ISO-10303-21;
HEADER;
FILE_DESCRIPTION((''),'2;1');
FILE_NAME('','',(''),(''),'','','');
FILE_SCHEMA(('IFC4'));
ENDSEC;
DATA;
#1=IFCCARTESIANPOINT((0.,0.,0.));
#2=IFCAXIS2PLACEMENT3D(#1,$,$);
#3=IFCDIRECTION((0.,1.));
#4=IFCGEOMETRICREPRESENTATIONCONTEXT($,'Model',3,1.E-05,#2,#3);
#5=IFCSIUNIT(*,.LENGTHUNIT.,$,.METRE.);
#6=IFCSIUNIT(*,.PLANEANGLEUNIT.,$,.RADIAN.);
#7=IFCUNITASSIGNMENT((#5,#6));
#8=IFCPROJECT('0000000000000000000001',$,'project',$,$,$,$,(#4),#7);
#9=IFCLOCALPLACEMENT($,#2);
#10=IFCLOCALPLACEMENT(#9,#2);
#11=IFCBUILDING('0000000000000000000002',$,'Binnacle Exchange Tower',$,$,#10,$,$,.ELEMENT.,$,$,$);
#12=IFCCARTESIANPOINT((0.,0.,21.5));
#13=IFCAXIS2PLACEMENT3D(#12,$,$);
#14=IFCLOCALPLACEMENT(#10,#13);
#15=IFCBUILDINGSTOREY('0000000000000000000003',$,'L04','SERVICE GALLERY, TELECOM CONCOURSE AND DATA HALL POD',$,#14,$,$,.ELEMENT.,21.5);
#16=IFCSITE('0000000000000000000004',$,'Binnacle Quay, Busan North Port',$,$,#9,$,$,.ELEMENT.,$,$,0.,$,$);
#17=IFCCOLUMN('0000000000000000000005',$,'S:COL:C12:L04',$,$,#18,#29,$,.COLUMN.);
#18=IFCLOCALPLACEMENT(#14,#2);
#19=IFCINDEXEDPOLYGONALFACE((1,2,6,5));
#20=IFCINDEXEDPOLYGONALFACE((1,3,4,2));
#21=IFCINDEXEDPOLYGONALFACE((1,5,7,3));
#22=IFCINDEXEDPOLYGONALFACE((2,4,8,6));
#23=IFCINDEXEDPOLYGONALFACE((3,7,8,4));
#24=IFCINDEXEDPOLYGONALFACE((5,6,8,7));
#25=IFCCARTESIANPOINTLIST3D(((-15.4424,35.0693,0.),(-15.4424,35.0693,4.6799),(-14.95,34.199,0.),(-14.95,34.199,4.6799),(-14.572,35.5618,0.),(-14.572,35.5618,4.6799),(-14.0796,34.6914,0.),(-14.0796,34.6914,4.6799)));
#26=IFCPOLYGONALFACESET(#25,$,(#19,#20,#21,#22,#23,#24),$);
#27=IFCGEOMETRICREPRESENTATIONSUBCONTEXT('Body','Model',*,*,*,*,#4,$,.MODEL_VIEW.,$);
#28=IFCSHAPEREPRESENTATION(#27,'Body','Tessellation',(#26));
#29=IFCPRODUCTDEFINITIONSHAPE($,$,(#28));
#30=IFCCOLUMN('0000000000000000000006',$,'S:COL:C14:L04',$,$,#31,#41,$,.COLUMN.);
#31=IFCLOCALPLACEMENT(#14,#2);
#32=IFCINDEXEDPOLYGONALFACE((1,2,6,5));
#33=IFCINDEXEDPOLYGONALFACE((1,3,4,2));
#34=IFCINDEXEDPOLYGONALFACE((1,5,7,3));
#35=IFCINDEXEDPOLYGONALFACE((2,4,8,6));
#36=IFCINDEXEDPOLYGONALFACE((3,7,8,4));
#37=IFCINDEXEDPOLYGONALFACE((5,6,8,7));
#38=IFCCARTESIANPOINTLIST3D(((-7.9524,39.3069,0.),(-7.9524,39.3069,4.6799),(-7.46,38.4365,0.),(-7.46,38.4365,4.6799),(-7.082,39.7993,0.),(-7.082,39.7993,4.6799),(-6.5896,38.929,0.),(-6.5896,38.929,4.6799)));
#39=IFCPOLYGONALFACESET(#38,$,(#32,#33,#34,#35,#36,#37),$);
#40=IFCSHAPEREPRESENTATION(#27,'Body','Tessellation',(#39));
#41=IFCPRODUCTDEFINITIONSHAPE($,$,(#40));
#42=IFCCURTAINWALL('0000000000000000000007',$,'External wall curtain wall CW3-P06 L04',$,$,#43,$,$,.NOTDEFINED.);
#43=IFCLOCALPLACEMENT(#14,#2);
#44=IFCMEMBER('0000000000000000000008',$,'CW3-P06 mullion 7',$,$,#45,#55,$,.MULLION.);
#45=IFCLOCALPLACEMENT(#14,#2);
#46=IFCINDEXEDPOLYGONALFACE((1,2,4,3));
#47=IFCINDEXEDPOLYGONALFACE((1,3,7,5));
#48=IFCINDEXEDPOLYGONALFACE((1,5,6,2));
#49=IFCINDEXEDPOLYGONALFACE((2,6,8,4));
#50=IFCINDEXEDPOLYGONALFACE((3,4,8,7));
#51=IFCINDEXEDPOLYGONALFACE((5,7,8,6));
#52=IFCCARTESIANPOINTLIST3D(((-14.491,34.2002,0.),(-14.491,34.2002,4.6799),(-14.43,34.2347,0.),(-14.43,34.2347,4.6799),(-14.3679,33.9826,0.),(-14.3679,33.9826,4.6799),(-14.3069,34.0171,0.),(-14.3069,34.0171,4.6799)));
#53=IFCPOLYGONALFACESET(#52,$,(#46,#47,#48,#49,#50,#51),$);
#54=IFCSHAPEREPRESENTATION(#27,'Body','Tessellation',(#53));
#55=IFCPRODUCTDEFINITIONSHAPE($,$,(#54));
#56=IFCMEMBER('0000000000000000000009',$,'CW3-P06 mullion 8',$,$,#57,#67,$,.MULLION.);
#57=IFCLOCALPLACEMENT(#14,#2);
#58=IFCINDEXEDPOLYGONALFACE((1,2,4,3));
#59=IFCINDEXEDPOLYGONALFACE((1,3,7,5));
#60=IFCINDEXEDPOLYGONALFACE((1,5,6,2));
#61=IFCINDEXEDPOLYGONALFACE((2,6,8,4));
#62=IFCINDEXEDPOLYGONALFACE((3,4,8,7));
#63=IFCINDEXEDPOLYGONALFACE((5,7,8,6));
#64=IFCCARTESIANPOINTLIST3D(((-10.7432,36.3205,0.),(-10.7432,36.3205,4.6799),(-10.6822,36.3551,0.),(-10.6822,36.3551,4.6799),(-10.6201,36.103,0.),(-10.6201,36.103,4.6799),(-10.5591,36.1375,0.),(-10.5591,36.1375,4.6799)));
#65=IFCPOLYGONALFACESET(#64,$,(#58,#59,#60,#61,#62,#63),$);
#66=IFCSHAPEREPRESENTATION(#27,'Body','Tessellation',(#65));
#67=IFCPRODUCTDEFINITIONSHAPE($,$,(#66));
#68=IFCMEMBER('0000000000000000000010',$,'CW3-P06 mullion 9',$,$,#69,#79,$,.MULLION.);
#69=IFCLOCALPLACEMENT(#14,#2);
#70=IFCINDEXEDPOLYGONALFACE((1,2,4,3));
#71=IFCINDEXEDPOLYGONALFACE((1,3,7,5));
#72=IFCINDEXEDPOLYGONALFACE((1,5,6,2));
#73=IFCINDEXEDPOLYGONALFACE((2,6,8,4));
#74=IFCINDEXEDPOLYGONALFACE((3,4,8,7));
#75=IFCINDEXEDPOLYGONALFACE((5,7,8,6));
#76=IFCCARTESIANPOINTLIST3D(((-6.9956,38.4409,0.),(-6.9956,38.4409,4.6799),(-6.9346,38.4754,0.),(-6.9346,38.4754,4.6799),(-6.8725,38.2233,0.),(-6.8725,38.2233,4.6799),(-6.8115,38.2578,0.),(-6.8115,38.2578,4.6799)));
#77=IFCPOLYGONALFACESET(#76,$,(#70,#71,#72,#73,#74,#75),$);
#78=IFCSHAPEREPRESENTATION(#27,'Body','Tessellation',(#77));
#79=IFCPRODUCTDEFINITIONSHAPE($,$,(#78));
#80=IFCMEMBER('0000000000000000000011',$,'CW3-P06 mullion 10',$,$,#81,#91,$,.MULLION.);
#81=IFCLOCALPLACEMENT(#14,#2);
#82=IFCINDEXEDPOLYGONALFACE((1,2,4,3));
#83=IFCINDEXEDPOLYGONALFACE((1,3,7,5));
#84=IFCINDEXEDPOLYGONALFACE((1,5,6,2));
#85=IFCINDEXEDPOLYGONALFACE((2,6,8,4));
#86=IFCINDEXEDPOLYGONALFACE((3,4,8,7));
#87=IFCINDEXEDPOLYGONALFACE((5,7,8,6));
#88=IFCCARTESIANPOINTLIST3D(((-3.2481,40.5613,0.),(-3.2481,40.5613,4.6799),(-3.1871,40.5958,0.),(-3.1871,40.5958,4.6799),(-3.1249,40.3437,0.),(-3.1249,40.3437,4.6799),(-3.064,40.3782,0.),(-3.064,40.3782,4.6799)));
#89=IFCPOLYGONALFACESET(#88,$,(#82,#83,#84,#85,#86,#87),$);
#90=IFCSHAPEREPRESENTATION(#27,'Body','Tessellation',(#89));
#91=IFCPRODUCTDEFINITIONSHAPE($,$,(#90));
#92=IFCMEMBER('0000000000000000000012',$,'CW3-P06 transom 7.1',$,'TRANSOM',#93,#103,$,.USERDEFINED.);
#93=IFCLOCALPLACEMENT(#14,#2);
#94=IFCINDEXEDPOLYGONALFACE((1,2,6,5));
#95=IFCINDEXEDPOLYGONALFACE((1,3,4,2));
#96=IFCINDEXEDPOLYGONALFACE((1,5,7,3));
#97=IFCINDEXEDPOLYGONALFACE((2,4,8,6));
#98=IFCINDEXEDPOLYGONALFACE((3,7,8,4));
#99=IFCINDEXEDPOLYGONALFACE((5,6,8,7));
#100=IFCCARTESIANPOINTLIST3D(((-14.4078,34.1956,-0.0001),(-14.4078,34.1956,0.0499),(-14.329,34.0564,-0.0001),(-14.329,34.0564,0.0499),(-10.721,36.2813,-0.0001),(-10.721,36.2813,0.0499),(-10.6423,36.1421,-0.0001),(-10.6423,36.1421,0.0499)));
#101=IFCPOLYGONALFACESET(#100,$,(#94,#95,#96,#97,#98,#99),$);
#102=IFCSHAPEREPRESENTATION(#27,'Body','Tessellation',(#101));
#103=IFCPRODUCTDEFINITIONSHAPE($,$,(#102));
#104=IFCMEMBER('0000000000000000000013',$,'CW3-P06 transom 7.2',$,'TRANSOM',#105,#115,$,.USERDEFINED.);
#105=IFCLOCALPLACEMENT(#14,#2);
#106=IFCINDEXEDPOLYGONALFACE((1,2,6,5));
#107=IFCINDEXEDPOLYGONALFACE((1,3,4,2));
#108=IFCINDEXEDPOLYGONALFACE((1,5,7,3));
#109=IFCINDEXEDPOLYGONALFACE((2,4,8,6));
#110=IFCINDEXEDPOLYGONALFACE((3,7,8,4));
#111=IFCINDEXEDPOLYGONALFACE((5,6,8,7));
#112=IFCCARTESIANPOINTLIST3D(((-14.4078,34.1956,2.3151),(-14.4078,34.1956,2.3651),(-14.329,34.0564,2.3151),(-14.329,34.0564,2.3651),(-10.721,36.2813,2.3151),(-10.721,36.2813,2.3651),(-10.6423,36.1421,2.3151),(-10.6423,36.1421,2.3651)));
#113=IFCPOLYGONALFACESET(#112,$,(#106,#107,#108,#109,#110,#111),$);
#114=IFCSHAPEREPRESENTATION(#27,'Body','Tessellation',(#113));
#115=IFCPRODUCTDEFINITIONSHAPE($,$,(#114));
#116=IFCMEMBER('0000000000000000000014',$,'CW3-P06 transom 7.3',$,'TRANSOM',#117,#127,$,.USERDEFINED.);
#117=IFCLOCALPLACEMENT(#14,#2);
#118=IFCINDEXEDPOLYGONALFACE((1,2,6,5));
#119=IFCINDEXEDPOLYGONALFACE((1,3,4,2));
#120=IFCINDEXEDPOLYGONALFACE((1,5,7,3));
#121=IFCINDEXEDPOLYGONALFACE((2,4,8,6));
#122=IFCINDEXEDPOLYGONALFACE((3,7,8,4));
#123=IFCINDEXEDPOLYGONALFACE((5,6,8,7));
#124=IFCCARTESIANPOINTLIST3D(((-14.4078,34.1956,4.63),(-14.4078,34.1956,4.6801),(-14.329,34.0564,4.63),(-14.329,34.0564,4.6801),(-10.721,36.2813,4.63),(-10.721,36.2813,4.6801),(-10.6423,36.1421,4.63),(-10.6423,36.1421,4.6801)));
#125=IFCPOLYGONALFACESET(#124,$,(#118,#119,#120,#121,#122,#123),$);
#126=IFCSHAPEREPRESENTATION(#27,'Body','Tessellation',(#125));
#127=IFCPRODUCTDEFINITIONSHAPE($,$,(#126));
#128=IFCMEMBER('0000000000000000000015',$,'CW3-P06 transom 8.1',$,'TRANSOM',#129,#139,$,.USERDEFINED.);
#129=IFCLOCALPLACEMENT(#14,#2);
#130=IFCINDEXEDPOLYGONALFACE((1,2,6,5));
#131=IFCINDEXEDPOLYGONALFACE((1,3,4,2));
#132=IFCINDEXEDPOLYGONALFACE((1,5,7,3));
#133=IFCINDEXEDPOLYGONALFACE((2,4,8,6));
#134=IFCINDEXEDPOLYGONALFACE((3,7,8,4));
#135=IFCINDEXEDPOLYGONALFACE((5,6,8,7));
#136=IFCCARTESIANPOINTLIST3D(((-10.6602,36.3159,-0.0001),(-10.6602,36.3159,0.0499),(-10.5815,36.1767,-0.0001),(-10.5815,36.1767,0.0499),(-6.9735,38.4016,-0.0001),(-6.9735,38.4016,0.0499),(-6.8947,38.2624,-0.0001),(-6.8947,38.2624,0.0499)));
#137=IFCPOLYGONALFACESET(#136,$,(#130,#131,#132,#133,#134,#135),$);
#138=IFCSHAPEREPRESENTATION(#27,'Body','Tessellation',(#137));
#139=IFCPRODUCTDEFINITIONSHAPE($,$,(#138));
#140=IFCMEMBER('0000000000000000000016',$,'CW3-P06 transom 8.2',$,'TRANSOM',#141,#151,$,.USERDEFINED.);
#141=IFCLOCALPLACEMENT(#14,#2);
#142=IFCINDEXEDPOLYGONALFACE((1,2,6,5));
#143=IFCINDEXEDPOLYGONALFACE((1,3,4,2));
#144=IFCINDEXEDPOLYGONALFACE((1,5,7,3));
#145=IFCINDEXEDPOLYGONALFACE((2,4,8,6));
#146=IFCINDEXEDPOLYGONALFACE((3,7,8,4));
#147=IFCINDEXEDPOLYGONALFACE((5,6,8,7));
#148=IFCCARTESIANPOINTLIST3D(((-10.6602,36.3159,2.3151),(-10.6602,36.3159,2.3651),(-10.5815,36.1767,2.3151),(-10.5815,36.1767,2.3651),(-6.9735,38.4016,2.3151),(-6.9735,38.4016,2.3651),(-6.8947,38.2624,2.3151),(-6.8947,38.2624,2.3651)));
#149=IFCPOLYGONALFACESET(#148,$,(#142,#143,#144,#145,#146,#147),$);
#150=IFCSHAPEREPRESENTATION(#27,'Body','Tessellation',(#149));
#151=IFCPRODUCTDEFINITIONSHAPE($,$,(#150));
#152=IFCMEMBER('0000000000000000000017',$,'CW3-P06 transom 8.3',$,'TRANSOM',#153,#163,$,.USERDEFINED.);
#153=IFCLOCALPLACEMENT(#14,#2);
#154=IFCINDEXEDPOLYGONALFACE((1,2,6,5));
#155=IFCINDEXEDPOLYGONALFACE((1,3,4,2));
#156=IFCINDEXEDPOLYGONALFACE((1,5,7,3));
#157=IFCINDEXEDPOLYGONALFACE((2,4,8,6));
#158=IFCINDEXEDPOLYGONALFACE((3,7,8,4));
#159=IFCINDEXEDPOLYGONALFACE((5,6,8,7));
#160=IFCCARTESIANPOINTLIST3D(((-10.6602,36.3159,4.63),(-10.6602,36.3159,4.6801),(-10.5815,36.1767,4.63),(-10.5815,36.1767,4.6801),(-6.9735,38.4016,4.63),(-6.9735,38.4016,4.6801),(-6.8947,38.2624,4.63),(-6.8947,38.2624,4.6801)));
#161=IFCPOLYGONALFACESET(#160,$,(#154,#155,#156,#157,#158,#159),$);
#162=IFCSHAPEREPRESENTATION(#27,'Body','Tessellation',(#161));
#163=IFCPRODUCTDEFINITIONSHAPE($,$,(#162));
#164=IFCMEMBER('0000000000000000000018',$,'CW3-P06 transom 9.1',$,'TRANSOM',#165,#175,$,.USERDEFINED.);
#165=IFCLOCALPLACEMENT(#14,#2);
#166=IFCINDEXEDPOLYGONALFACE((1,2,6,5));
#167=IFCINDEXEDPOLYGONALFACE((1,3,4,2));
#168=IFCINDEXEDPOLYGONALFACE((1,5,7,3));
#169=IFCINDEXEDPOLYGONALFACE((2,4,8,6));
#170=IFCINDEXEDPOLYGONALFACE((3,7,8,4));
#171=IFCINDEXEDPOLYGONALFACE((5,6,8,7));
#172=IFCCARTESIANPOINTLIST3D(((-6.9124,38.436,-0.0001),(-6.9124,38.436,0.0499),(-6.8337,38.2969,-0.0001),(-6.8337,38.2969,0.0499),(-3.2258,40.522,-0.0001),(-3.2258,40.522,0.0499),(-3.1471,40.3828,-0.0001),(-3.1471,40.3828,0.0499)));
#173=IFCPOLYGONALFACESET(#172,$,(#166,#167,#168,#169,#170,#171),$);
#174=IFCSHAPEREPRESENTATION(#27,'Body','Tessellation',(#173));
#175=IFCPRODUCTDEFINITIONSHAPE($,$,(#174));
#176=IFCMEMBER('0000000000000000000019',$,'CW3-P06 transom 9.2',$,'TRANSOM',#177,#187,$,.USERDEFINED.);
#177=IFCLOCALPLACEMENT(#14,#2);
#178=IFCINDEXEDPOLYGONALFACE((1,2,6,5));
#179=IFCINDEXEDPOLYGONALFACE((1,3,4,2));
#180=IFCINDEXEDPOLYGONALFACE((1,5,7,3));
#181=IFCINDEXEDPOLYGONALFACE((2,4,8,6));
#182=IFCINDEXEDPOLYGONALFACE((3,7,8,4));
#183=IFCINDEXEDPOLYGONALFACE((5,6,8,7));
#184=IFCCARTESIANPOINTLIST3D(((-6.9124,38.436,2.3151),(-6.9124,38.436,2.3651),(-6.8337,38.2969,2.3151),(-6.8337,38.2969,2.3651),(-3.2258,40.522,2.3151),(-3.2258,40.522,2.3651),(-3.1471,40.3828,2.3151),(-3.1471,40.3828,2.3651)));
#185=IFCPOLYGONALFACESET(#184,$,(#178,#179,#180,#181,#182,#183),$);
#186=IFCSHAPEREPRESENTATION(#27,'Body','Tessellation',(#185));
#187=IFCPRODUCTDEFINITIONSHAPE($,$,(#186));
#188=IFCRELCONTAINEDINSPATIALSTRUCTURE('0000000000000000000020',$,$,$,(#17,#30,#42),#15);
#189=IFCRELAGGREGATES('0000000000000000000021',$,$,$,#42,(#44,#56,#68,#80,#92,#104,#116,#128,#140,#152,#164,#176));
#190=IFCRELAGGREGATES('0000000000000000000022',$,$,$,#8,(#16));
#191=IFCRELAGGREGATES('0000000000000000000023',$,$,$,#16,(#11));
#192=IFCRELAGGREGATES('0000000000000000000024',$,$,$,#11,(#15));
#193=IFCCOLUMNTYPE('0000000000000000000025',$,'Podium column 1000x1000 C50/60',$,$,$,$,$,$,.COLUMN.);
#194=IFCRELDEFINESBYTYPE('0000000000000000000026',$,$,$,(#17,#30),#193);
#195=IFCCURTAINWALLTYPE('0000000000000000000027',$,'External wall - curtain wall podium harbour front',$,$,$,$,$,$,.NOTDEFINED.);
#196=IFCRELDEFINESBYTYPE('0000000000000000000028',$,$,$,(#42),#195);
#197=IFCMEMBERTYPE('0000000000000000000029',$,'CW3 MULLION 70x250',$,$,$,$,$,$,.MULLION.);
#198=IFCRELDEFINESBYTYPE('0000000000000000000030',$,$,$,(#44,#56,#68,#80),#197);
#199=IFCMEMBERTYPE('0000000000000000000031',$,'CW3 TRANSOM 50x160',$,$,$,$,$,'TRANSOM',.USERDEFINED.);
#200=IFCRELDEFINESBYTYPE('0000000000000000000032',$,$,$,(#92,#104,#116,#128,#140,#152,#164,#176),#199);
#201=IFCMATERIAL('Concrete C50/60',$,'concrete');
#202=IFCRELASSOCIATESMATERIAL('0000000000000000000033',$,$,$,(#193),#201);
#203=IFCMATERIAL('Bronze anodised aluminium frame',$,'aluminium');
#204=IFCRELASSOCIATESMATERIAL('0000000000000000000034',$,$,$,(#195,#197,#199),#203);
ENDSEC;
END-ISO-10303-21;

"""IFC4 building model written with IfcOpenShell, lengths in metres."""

from ifc_helpers import new_model, si_unit, direction, frame, origin, origin_2d, place, context, subcontext, project, spatial, rectangle, extrude, material, material_profile, profile_set, type_object, element, aggregate, save


model = new_model("IFC4")

# Units and contexts
model_context = context("Model", 3, precision=1e-05, world=origin(), true_north=direction((0.0, 1.0)))
body_context = subcontext(model_context, "Body", "Model", "MODEL_VIEW")
ifc_project = project(units=[si_unit("LENGTHUNIT", "METRE"), si_unit("PLANEANGLEUNIT", "RADIAN")], contexts=[model_context])

# Site, building, storey
site_placement = place(None, origin())
site = spatial("IfcSite", under=ifc_project, at=site_placement, Name="Binnacle Quay, Busan North Port", CompositionType="ELEMENT", RefElevation=0.0)
building_placement = place(site_placement, origin())
building = spatial("IfcBuilding", under=site, at=building_placement, Name="Binnacle Exchange Tower", CompositionType="ELEMENT")
storey_placement = place(building_placement, frame((0.0, 0.0, 21.5)))
storey = spatial("IfcBuildingStorey", under=building, at=storey_placement, Name="L04", Description="SERVICE GALLERY, TELECOM CONCOURSE AND DATA HALL POD", CompositionType="ELEMENT", Elevation=21.5)

# Columns
ifc_material_1 = material(Name="Concrete C50/60", Category="concrete")
ifc_material_profile_1 = material_profile(ifc_material_1, rectangle(XDim=1.0, YDim=1.0, at=origin_2d()), Name="Podium column 1000x1000 C50/60")
ifc_profile_set_1 = profile_set([ifc_material_profile_1], Name="Concrete C50/60")
column_type = type_object("IfcColumnType", Name="Podium column 1000x1000 C50/60", PredefinedType="COLUMN", material=ifc_profile_set_1)
for number, where, z_axis, x_axis, name in (
    (1, (-14.761, 34.8804, 0.0), (0.0, 0.0, 1.0), (0.870356, 0.492424, 0.0), "S:COL:C12:L04"),
    (2, (-7.271, 39.1179, 0.0), (0.0, 0.0, 1.0), (0.870356, 0.492424, 0.0), "S:COL:C14:L04"),
):
    element("IfcColumn", number, at=place(storey_placement, frame(where, z_axis=z_axis, x_axis=x_axis)), inside=storey, type_object=column_type, Name=name, PredefinedType="COLUMN", context=body_context, shape_type="SweptSolid", body=[
        extrude(rectangle(XDim=1.0, YDim=1.0, at=origin_2d()), origin(), (0.0, 0.0, 1.0), 4.6799),
    ])

# Curtain wall, members
ifc_material_2 = material(Name="Bronze anodised aluminium frame", Category="aluminium")
curtain_wall_type = type_object("IfcCurtainWallType", Name="External wall - curtain wall podium harbour front", PredefinedType="NOTDEFINED", material=ifc_material_2)
curtain_wall_placement = place(storey_placement, origin())
curtain_wall = element("IfcCurtainWall", 3, at=curtain_wall_placement, inside=storey, type_object=curtain_wall_type, Name="External wall curtain wall CW3-P06 L04", PredefinedType="NOTDEFINED")
ifc_material_profile_2 = material_profile(ifc_material_2, rectangle(XDim=0.25, YDim=0.0701, at=origin_2d()), Name="AL 70x250")
ifc_profile_set_2 = profile_set([ifc_material_profile_2], Name="Bronze anodised aluminium frame")
member_type_1 = type_object("IfcMemberType", Name="CW3 MULLION 70x250", PredefinedType="MULLION", material=ifc_profile_set_2)
member_1_placement = place(storey_placement, frame((-14.3989, 34.1086, 0.0), z_axis=(0.0, 0.0, 1.0), x_axis=(-0.492424, 0.870356, 0.0)))
member_1 = element("IfcMember", 4, at=member_1_placement, type_object=member_type_1, Name="CW3-P06 mullion 7", PredefinedType="MULLION", context=body_context, shape_type="SweptSolid", body=[
    extrude(rectangle(XDim=0.25, YDim=0.0701, at=origin_2d()), origin(), (0.0, 0.0, 1.0), 4.6799),
])
member_2_placement = place(storey_placement, frame((-10.6511, 36.229, 0.0), z_axis=(0.0, 0.0, 1.0), x_axis=(-0.492424, 0.870356, 0.0)))
member_2 = element("IfcMember", 5, at=member_2_placement, type_object=member_type_1, Name="CW3-P06 mullion 8", PredefinedType="MULLION", context=body_context, shape_type="SweptSolid", body=[
    extrude(rectangle(XDim=0.25, YDim=0.0701, at=origin_2d()), origin(), (0.0, 0.0, 1.0), 4.6799),
])
member_3_placement = place(storey_placement, frame((-6.9036, 38.3494, 0.0), z_axis=(0.0, 0.0, 1.0), x_axis=(-0.492424, 0.870356, 0.0)))
member_3 = element("IfcMember", 6, at=member_3_placement, type_object=member_type_1, Name="CW3-P06 mullion 9", PredefinedType="MULLION", context=body_context, shape_type="SweptSolid", body=[
    extrude(rectangle(XDim=0.25, YDim=0.0701, at=origin_2d()), origin(), (0.0, 0.0, 1.0), 4.6799),
])
member_4_placement = place(storey_placement, frame((-3.156, 40.4697, 0.0), z_axis=(0.0, 0.0, 1.0), x_axis=(-0.492424, 0.870356, 0.0)))
member_4 = element("IfcMember", 7, at=member_4_placement, type_object=member_type_1, Name="CW3-P06 mullion 10", PredefinedType="MULLION", context=body_context, shape_type="SweptSolid", body=[
    extrude(rectangle(XDim=0.25, YDim=0.0701, at=origin_2d()), origin(), (0.0, 0.0, 1.0), 4.6799),
])
ifc_material_profile_3 = material_profile(ifc_material_2, rectangle(XDim=0.1599, YDim=0.05, at=origin_2d()), Name="AL 160x50")
ifc_profile_set_3 = profile_set([ifc_material_profile_3], Name="Bronze anodised aluminium frame")
member_type_2 = type_object("IfcMemberType", Name="CW3 TRANSOM 50x160", ElementType="TRANSOM", PredefinedType="USERDEFINED", material=ifc_profile_set_3)
member_5_placement = place(storey_placement, frame((-14.3684, 34.126, 0.0249), z_axis=(0.870374, 0.492391, 0.0), x_axis=(-0.492391, 0.870374, 0.0)))
member_5 = element("IfcMember", 8, at=member_5_placement, type_object=member_type_2, Name="CW3-P06 transom 7.1", ObjectType="TRANSOM", PredefinedType="USERDEFINED", context=body_context, shape_type="SweptSolid", body=[
    extrude(rectangle(XDim=0.1599, YDim=0.05, at=origin_2d()), origin(), (0.0, 0.0, 1.0), 4.2358),
])
member_6_placement = place(storey_placement, frame((-14.3684, 34.126, 2.3401), z_axis=(0.870374, 0.492391, 0.0), x_axis=(-0.492391, 0.870374, 0.0)))
member_6 = element("IfcMember", 9, at=member_6_placement, type_object=member_type_2, Name="CW3-P06 transom 7.2", ObjectType="TRANSOM", PredefinedType="USERDEFINED", context=body_context, shape_type="SweptSolid", body=[
    extrude(rectangle(XDim=0.1599, YDim=0.05, at=origin_2d()), origin(), (0.0, 0.0, 1.0), 4.2358),
])
member_7_placement = place(storey_placement, frame((-14.3684, 34.126, 4.655), z_axis=(0.870374, 0.492391, 0.0), x_axis=(-0.492391, 0.870374, 0.0)))
member_7 = element("IfcMember", 10, at=member_7_placement, type_object=member_type_2, Name="CW3-P06 transom 7.3", ObjectType="TRANSOM", PredefinedType="USERDEFINED", context=body_context, shape_type="SweptSolid", body=[
    extrude(rectangle(XDim=0.1599, YDim=0.05, at=origin_2d()), origin(), (0.0, 0.0, 1.0), 4.2358),
])
member_8_placement = place(storey_placement, frame((-10.6208, 36.2463, 0.0249), z_axis=(0.870374, 0.492391, 0.0), x_axis=(-0.492391, 0.870374, 0.0)))
member_8 = element("IfcMember", 11, at=member_8_placement, type_object=member_type_2, Name="CW3-P06 transom 8.1", ObjectType="TRANSOM", PredefinedType="USERDEFINED", context=body_context, shape_type="SweptSolid", body=[
    extrude(rectangle(XDim=0.1599, YDim=0.05, at=origin_2d()), origin(), (0.0, 0.0, 1.0), 4.2358),
])
member_9_placement = place(storey_placement, frame((-10.6208, 36.2463, 2.3401), z_axis=(0.870374, 0.492391, 0.0), x_axis=(-0.492391, 0.870374, 0.0)))
member_9 = element("IfcMember", 12, at=member_9_placement, type_object=member_type_2, Name="CW3-P06 transom 8.2", ObjectType="TRANSOM", PredefinedType="USERDEFINED", context=body_context, shape_type="SweptSolid", body=[
    extrude(rectangle(XDim=0.1599, YDim=0.05, at=origin_2d()), origin(), (0.0, 0.0, 1.0), 4.2358),
])
member_10_placement = place(storey_placement, frame((-10.6208, 36.2463, 4.655), z_axis=(0.870374, 0.492391, 0.0), x_axis=(-0.492391, 0.870374, 0.0)))
member_10 = element("IfcMember", 13, at=member_10_placement, type_object=member_type_2, Name="CW3-P06 transom 8.3", ObjectType="TRANSOM", PredefinedType="USERDEFINED", context=body_context, shape_type="SweptSolid", body=[
    extrude(rectangle(XDim=0.1599, YDim=0.05, at=origin_2d()), origin(), (0.0, 0.0, 1.0), 4.2358),
])
member_11_placement = place(storey_placement, frame((-6.873, 38.3665, 0.0249), z_axis=(0.870335, 0.49246, 0.0), x_axis=(-0.49246, 0.870335, 0.0)))
member_11 = element("IfcMember", 14, at=member_11_placement, type_object=member_type_2, Name="CW3-P06 transom 9.1", ObjectType="TRANSOM", PredefinedType="USERDEFINED", context=body_context, shape_type="SweptSolid", body=[
    extrude(rectangle(XDim=0.1599, YDim=0.05, at=origin_2d()), origin(), (0.0, 0.0, 1.0), 4.2358),
])
member_12_placement = place(storey_placement, frame((-6.873, 38.3665, 2.3401), z_axis=(0.870335, 0.49246, 0.0), x_axis=(-0.49246, 0.870335, 0.0)))
member_12 = element("IfcMember", 15, at=member_12_placement, type_object=member_type_2, Name="CW3-P06 transom 9.2", ObjectType="TRANSOM", PredefinedType="USERDEFINED", context=body_context, shape_type="SweptSolid", body=[
    extrude(rectangle(XDim=0.1599, YDim=0.05, at=origin_2d()), origin(), (0.0, 0.0, 1.0), 4.2358),
])

aggregate(curtain_wall, [member_1, member_2, member_3, member_4, member_5, member_6, member_7, member_8, member_9, member_10, member_11, member_12])

save(model, "model.ifc")
